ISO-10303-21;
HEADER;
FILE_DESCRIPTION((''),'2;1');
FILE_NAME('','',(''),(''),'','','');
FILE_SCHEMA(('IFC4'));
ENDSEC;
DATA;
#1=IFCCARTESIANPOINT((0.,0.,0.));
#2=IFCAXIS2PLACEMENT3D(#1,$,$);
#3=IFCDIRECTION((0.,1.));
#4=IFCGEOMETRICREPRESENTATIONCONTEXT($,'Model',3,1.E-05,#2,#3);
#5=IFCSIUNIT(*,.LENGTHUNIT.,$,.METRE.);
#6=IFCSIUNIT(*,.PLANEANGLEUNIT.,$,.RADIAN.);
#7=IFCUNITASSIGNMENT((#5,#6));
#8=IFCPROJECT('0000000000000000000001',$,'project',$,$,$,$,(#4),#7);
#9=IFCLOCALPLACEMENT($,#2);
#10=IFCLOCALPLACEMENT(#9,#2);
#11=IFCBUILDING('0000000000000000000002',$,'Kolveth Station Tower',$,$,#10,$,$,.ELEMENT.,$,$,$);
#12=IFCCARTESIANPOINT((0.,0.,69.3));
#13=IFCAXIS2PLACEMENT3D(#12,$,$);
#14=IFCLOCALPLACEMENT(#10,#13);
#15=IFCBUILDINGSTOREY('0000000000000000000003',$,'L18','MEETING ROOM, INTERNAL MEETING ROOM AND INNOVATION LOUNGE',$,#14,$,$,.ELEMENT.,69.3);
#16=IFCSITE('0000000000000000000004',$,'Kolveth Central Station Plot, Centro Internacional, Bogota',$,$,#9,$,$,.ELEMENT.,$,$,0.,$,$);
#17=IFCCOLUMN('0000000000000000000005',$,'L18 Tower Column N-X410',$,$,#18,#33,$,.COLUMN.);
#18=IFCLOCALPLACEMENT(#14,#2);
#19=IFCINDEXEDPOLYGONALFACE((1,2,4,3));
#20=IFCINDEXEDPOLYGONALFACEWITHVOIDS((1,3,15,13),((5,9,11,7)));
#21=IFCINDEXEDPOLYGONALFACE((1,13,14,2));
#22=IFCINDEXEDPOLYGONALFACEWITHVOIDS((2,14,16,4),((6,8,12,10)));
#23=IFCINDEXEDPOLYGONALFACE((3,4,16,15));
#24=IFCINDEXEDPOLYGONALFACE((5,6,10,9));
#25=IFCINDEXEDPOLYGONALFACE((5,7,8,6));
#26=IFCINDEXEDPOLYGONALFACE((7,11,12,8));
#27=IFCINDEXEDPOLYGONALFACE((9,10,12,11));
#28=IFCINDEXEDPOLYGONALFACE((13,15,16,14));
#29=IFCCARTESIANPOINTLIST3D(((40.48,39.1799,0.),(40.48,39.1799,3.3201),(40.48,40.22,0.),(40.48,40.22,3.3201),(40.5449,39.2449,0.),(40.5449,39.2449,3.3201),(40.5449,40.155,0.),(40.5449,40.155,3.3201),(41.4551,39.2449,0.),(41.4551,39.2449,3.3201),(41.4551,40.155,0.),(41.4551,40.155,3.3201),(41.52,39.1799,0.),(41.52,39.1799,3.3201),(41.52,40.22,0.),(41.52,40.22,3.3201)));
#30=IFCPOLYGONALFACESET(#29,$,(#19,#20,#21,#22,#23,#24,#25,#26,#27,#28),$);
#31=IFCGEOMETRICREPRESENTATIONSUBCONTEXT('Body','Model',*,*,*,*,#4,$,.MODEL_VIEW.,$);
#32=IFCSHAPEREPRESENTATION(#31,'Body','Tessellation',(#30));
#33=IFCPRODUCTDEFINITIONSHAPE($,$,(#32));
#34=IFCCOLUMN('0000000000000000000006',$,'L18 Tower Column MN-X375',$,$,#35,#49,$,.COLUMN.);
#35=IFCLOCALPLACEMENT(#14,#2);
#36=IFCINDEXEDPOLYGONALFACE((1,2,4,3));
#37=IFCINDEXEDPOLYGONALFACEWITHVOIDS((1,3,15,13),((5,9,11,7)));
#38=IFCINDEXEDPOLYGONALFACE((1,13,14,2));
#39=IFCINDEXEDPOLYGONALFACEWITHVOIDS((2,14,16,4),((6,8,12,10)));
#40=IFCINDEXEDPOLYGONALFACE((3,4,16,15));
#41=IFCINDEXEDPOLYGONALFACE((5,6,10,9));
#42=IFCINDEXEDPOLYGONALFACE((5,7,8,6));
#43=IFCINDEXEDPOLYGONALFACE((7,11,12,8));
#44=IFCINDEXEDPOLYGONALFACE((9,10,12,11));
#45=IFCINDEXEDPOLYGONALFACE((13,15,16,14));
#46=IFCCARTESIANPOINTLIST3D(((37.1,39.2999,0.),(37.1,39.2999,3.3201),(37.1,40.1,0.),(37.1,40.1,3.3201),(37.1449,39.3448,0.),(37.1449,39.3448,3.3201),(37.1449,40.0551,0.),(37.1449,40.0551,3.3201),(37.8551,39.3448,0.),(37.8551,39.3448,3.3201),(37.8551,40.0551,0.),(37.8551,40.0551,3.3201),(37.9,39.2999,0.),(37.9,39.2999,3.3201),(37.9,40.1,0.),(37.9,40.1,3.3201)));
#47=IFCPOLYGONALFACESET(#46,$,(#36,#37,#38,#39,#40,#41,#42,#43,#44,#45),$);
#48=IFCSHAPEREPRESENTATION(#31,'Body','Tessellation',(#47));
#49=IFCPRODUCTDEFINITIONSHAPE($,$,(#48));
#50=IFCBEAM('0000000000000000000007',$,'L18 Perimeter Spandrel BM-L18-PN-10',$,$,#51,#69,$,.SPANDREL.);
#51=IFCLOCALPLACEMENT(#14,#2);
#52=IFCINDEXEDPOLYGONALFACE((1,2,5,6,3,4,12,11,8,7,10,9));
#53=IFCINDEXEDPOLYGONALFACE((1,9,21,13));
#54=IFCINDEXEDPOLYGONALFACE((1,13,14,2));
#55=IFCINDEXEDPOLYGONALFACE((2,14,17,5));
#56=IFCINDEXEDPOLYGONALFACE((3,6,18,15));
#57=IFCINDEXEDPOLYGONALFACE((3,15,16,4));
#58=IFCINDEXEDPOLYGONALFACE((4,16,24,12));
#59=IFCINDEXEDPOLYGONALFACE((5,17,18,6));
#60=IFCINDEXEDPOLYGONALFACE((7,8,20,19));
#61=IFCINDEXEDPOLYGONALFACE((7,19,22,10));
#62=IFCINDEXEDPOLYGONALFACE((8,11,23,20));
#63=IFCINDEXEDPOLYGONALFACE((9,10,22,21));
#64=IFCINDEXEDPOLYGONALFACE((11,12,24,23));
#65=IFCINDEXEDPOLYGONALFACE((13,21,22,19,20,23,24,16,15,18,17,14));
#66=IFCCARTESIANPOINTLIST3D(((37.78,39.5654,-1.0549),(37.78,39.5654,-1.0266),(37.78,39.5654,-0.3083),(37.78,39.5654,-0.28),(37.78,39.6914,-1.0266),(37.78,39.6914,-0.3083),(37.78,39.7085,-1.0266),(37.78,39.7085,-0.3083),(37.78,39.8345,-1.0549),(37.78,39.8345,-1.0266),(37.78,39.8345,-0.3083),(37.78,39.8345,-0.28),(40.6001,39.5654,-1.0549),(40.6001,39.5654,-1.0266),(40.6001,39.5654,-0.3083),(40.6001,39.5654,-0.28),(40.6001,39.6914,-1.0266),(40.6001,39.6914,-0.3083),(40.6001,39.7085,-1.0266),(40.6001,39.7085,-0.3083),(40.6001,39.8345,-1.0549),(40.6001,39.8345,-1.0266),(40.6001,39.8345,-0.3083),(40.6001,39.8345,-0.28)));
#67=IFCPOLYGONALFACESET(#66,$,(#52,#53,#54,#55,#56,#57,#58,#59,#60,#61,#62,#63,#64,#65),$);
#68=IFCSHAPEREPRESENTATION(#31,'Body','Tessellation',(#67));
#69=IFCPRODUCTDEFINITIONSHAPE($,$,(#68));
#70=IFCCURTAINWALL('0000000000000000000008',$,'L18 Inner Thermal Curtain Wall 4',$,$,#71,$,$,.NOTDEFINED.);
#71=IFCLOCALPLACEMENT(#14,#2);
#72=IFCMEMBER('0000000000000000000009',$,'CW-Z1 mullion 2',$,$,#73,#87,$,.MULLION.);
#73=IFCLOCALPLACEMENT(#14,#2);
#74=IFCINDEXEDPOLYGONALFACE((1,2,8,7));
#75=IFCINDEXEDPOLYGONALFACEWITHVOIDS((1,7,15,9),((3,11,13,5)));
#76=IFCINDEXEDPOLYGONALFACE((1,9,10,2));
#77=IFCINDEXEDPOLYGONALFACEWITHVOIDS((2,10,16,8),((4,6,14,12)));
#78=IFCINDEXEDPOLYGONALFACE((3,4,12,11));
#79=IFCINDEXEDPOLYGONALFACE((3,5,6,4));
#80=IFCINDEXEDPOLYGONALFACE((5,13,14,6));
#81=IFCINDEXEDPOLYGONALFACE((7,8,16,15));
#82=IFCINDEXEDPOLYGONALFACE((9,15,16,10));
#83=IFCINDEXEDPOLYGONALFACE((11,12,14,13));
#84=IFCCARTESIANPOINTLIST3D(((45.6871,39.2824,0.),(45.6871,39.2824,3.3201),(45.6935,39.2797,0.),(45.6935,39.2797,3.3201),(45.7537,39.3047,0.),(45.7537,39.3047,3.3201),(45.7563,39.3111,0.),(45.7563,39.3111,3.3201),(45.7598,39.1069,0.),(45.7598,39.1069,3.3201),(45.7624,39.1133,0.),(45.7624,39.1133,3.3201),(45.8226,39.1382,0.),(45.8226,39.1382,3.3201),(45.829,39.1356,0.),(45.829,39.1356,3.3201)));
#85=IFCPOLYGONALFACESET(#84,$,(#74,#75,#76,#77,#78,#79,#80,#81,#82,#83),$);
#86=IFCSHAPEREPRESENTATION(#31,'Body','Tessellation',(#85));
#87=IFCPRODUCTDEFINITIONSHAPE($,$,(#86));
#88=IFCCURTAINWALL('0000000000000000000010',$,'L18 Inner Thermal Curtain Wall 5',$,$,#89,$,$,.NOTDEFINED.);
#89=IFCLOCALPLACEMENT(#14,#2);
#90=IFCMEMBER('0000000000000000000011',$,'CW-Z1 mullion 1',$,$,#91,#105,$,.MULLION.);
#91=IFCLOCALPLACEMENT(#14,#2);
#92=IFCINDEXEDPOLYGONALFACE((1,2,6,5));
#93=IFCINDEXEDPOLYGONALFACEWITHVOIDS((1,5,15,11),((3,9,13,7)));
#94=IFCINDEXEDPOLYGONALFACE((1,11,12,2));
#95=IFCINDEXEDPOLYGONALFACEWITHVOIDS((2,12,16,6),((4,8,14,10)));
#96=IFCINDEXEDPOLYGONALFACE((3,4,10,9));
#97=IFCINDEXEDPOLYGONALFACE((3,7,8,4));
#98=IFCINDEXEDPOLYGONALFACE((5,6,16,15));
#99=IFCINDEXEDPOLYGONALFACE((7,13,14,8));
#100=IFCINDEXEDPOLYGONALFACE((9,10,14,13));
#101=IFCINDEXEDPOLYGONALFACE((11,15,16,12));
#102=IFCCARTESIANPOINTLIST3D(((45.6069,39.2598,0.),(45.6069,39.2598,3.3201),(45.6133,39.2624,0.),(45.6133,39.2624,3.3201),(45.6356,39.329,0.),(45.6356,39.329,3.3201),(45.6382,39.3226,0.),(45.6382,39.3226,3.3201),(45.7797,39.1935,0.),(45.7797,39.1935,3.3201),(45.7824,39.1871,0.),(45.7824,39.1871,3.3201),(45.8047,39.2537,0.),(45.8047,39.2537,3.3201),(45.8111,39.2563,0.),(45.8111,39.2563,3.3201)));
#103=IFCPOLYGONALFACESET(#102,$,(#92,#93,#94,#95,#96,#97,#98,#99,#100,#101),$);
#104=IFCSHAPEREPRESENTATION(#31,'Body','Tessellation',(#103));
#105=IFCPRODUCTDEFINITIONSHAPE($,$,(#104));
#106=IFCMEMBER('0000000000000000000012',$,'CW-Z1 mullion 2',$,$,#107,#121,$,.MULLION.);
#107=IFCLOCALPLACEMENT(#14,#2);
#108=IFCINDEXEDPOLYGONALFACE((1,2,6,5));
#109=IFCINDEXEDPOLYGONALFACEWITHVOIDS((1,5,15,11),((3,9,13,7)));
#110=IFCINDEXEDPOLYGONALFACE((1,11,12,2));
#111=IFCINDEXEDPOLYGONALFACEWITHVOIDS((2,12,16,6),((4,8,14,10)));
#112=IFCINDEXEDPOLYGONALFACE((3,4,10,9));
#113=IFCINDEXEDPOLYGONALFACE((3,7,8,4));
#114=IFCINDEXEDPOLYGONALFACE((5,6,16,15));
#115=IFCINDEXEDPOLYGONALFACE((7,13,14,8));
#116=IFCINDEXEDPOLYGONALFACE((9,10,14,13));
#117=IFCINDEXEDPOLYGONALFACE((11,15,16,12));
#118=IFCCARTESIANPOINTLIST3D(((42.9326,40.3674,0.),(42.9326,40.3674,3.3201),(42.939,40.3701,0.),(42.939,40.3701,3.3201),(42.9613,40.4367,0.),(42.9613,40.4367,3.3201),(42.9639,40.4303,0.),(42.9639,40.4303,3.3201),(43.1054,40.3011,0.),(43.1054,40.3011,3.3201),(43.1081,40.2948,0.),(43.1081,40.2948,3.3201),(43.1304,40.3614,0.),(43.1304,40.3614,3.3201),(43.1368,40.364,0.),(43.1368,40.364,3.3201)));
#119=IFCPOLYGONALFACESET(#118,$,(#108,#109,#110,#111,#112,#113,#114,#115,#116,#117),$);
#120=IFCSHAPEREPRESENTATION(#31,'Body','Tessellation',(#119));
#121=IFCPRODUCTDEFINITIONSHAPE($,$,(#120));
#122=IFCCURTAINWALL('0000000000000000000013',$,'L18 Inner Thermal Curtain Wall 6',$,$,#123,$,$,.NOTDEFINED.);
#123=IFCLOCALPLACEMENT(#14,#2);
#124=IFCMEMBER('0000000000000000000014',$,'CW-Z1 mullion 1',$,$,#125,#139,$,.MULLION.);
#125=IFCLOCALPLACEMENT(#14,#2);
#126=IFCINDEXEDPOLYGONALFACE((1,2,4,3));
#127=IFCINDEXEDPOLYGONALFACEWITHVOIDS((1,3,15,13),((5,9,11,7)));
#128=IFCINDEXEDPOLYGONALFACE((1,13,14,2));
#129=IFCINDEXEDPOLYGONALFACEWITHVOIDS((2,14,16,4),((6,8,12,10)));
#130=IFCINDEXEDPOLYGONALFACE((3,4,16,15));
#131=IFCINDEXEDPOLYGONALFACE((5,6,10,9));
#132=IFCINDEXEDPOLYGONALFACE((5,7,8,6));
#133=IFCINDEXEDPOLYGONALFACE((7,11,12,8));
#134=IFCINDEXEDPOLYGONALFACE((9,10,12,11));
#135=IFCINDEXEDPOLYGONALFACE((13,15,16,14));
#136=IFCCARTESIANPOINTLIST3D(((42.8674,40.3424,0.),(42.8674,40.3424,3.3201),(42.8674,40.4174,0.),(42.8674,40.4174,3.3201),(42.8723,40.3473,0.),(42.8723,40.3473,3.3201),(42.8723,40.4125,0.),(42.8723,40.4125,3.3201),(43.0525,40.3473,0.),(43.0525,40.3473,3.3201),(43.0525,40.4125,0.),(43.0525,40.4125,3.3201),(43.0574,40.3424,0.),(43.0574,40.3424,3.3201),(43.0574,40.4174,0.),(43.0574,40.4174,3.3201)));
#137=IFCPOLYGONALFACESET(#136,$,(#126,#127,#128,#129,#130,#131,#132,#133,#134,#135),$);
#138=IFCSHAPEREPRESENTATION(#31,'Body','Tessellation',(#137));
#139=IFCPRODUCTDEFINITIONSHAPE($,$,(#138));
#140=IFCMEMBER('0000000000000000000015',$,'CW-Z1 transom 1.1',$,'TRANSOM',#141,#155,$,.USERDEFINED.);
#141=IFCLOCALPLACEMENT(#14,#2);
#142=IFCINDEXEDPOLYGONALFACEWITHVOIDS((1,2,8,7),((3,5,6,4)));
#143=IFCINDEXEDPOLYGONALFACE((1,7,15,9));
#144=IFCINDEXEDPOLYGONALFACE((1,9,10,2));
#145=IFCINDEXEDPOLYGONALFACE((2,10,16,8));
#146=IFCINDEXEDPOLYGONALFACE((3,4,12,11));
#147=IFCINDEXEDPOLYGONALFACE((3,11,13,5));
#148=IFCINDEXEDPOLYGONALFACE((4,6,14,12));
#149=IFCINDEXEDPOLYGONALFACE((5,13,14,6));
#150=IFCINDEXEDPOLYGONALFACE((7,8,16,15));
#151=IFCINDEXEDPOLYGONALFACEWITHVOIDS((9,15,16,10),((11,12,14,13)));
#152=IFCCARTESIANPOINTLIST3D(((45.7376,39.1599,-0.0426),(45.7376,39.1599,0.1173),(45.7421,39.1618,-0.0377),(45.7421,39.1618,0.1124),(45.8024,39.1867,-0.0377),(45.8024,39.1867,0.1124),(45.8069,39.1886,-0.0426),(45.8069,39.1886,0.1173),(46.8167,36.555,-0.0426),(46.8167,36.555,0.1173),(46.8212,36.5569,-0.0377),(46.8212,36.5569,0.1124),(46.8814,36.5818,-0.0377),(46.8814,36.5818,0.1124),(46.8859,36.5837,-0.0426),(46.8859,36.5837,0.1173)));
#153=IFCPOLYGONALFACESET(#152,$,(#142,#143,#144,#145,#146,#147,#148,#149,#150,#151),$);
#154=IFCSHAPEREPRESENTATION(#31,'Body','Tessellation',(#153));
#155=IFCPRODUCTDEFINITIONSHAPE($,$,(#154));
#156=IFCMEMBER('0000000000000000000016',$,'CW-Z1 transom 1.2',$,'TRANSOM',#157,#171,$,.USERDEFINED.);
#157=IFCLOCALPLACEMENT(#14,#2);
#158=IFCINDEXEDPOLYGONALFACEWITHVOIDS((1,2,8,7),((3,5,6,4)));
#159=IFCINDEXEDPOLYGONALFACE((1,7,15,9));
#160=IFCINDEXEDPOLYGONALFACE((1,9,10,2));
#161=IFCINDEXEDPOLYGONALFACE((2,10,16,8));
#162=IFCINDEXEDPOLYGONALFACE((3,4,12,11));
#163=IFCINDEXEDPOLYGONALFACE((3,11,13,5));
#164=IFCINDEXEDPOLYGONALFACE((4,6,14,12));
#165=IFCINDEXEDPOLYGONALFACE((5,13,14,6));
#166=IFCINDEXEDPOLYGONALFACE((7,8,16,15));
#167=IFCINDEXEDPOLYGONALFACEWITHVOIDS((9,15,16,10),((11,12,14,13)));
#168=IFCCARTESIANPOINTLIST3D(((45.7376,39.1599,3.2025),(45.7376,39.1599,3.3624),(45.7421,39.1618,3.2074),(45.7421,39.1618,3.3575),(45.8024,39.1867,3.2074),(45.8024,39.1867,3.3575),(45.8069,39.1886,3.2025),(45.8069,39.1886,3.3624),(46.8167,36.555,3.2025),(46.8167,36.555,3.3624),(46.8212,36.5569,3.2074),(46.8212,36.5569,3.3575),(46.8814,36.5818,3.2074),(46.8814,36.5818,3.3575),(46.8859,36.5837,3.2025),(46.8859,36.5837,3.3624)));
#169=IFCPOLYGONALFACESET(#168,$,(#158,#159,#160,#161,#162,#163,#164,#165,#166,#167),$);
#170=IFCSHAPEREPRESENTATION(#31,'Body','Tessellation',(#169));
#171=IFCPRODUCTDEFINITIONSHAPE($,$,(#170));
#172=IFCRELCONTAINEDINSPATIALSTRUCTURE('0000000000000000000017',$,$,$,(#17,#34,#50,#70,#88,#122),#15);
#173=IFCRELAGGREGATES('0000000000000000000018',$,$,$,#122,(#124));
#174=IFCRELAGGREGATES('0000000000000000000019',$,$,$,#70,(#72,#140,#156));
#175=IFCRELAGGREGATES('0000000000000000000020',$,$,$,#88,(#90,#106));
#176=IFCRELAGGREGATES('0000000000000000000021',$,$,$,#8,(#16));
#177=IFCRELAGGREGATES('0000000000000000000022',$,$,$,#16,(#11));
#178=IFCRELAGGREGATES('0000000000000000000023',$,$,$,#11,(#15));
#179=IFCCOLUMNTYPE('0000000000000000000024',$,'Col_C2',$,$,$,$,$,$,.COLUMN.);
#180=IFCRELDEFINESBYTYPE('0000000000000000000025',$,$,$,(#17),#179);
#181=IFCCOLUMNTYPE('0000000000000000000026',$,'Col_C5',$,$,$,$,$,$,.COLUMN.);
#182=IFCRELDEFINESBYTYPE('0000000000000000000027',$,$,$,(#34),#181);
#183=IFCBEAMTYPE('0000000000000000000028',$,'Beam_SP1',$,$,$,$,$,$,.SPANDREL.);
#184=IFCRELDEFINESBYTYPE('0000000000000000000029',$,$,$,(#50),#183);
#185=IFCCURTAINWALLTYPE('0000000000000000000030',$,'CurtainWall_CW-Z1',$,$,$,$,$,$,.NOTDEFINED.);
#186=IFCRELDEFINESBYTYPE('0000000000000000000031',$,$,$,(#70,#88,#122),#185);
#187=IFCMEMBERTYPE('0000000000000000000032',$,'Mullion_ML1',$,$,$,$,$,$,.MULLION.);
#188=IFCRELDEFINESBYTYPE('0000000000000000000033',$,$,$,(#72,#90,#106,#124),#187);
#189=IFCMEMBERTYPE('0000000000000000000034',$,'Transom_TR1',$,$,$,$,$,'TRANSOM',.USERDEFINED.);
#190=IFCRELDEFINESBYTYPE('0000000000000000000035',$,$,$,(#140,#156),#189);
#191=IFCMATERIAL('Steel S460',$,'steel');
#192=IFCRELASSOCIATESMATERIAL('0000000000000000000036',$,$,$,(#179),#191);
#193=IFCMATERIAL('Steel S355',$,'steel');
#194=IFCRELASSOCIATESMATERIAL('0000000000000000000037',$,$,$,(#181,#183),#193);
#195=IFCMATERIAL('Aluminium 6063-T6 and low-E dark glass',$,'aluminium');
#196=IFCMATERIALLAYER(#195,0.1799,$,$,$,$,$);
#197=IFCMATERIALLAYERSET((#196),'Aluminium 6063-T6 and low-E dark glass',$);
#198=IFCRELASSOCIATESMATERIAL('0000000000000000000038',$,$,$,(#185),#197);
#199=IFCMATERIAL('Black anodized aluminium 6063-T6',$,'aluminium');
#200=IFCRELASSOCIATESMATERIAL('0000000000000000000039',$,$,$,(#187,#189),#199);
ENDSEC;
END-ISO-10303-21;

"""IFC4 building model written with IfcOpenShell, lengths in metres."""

from ifc_helpers import new_model, si_unit, direction, frame, origin, origin_2d, place, context, subcontext, project, spatial, hollow_rectangle, i_section, extrude, source, transform, mapped, material, layer, layer_set, material_profile, profile_set, type_object, element, aggregate, save


model = new_model("IFC4")

# Units and contexts
model_context = context("Model", 3, precision=1e-05, world=origin(), true_north=direction((0.0, 1.0)))
body_context = subcontext(model_context, "Body", "Model", "MODEL_VIEW")
ifc_project = project(units=[si_unit("LENGTHUNIT", "METRE"), si_unit("PLANEANGLEUNIT", "RADIAN")], contexts=[model_context])

# Site, building, storey
site_placement = place(None, origin())
site = spatial("IfcSite", under=ifc_project, at=site_placement, Name="Kolveth Central Station Plot, Centro Internacional, Bogota", CompositionType="ELEMENT", RefElevation=0.0)
building_placement = place(site_placement, origin())
building = spatial("IfcBuilding", under=site, at=building_placement, Name="Kolveth Station Tower", CompositionType="ELEMENT")
storey_placement = place(building_placement, frame((0.0, 0.0, 69.3)))
storey = spatial("IfcBuildingStorey", under=building, at=storey_placement, Name="L18", Description="MEETING ROOM, INTERNAL MEETING ROOM AND INNOVATION LOUNGE", CompositionType="ELEMENT", Elevation=69.3)

# Columns
ifc_material_1 = material(Name="Steel S460", Category="steel")
ifc_material_profile_1 = material_profile(ifc_material_1, hollow_rectangle(XDim=1.04, YDim=1.04, WallThickness=0.0649, at=origin_2d()), Name="BOX1040x1040x65")
ifc_profile_set_1 = profile_set([ifc_material_profile_1], Name="Steel S460")
column_type_1 = type_object("IfcColumnType", Name="Col_C2", PredefinedType="COLUMN", material=ifc_profile_set_1)
shared_shape_1 = source(origin(), body_context, "Body", "SweptSolid", [
    extrude(hollow_rectangle(XDim=1.04, YDim=1.04, WallThickness=0.0649, at=origin_2d()), origin(), (0.0, 0.0, 1.0), 3.3201),
])
column_1_placement = place(storey_placement, frame((41.0, 39.7, 0.0), z_axis=(0.0, 0.0, 1.0), x_axis=(1.0, 0.0, 0.0)))
element("IfcColumn", 1, at=column_1_placement, inside=storey, type_object=column_type_1, Name="L18 Tower Column N-X410", PredefinedType="COLUMN", context=body_context, shape_type="MappedRepresentation", body=[
    mapped(shared_shape_1, transform((0.0, 0.0, 0.0), x_axis=(1.0, 0.0, 0.0), y_axis=(0.0, 1.0, 0.0), z_axis=(0.0, 0.0, 1.0), scale=1.0)),
])
ifc_material_2 = material(Name="Steel S355", Category="steel")
ifc_material_profile_2 = material_profile(ifc_material_2, hollow_rectangle(XDim=0.8, YDim=0.8, WallThickness=0.0449, at=origin_2d()), Name="BOX800x800x45")
ifc_profile_set_2 = profile_set([ifc_material_profile_2], Name="Steel S355")
column_type_2 = type_object("IfcColumnType", Name="Col_C5", PredefinedType="COLUMN", material=ifc_profile_set_2)
shared_shape_2 = source(origin(), body_context, "Body", "SweptSolid", [
    extrude(hollow_rectangle(XDim=0.8, YDim=0.8, WallThickness=0.0449, at=origin_2d()), origin(), (0.0, 0.0, 1.0), 3.3201),
])
column_2_placement = place(storey_placement, frame((37.5, 39.7, 0.0), z_axis=(0.0, 0.0, 1.0), x_axis=(1.0, 0.0, 0.0)))
element("IfcColumn", 2, at=column_2_placement, inside=storey, type_object=column_type_2, Name="L18 Tower Column MN-X375", PredefinedType="COLUMN", context=body_context, shape_type="MappedRepresentation", body=[
    mapped(shared_shape_2, transform((0.0, 0.0, 0.0), x_axis=(1.0, 0.0, 0.0), y_axis=(0.0, 1.0, 0.0), z_axis=(0.0, 0.0, 1.0), scale=1.0)),
])

# Beam
ifc_material_profile_3 = material_profile(ifc_material_2, i_section(OverallWidth=0.269, OverallDepth=0.7749, WebThickness=0.0171, FlangeThickness=0.0283, at=origin_2d()), Name="W760x220")
ifc_profile_set_3 = profile_set([ifc_material_profile_3], Name="Steel S355")
beam_type = type_object("IfcBeamType", Name="Beam_SP1", PredefinedType="SPANDREL", material=ifc_profile_set_3)
shared_shape_3 = source(origin(), body_context, "Body", "SweptSolid", [
    extrude(i_section(OverallWidth=0.269, OverallDepth=0.7749, WebThickness=0.0171, FlangeThickness=0.0283, at=origin_2d()), origin(), (0.0, 0.0, 1.0), 2.8201),
])
beam_placement = place(storey_placement, frame((37.78, 39.7, -0.6675), z_axis=(1.0, 0.0, 0.0), x_axis=(0.0, 1.0, 0.0)))
element("IfcBeam", 3, at=beam_placement, inside=storey, type_object=beam_type, Name="L18 Perimeter Spandrel BM-L18-PN-10", PredefinedType="SPANDREL", context=body_context, shape_type="MappedRepresentation", body=[
    mapped(shared_shape_3, transform((0.0, 0.0, 0.0), x_axis=(1.0, 0.0, 0.0), y_axis=(0.0, 1.0, 0.0), z_axis=(0.0, 0.0, 1.0), scale=1.0)),
])

# Curtain wall, member
ifc_material_3 = material(Name="Aluminium 6063-T6 and low-E dark glass", Category="aluminium")
ifc_layer_1 = layer(ifc_material_3, 0.1799)
ifc_layer_set_1 = layer_set([ifc_layer_1], Name="Aluminium 6063-T6 and low-E dark glass")
curtain_wall_type_1 = type_object("IfcCurtainWallType", Name="CurtainWall_CW-Z1", PredefinedType="NOTDEFINED", material=ifc_layer_set_1)
curtain_wall_1_placement = place(storey_placement, origin())
curtain_wall_1 = element("IfcCurtainWall", 4, at=curtain_wall_1_placement, inside=storey, type_object=curtain_wall_type_1, Name="L18 Inner Thermal Curtain Wall 4", PredefinedType="NOTDEFINED")
ifc_material_4 = material(Name="Black anodized aluminium 6063-T6", Category="aluminium")
ifc_material_profile_4 = material_profile(ifc_material_4, hollow_rectangle(XDim=0.075, YDim=0.1899, WallThickness=0.0049, at=origin_2d()), Name="ALU-75x190x5")
ifc_profile_set_4 = profile_set([ifc_material_profile_4], Name="Black anodized aluminium 6063-T6")
member_type_1 = type_object("IfcMemberType", Name="Mullion_ML1", PredefinedType="MULLION", material=ifc_profile_set_4)
shared_shape_4 = source(origin(), body_context, "Body", "SweptSolid", [
    extrude(hollow_rectangle(XDim=0.075, YDim=0.1899, WallThickness=0.0049, at=origin_2d()), origin(), (0.0, 0.0, 1.0), 3.3201),
])
member_1_placement = place(storey_placement, frame((45.7581, 39.209, 0.0), z_axis=(0.0, 0.0, 1.0), x_axis=(-0.923884, -0.382673, 0.0)))
member_1 = element("IfcMember", 5, at=member_1_placement, type_object=member_type_1, Name="CW-Z1 mullion 2", PredefinedType="MULLION", context=body_context, shape_type="MappedRepresentation", body=[
    mapped(shared_shape_4, transform((0.0, 0.0, 0.0), x_axis=(1.0, 0.0, 0.0), y_axis=(0.0, 1.0, 0.0), z_axis=(0.0, 0.0, 1.0), scale=1.0)),
])

# Curtain wall, members
curtain_wall_2_placement = place(storey_placement, origin())
curtain_wall_2 = element("IfcCurtainWall", 6, at=curtain_wall_2_placement, inside=storey, type_object=curtain_wall_type_1, Name="L18 Inner Thermal Curtain Wall 5", PredefinedType="NOTDEFINED")
member_2_placement = place(storey_placement, frame((45.709, 39.2581, 0.0), z_axis=(0.0, 0.0, 1.0), x_axis=(-0.382673, -0.923884, 0.0)))
member_2 = element("IfcMember", 7, at=member_2_placement, type_object=member_type_1, Name="CW-Z1 mullion 1", PredefinedType="MULLION", context=body_context, shape_type="MappedRepresentation", body=[
    mapped(shared_shape_4, transform((0.0, 0.0, 0.0), x_axis=(1.0, 0.0, 0.0), y_axis=(0.0, 1.0, 0.0), z_axis=(0.0, 0.0, 1.0), scale=1.0)),
])
member_3_placement = place(storey_placement, frame((43.0347, 40.3657, 0.0), z_axis=(0.0, 0.0, 1.0), x_axis=(-0.382673, -0.923884, 0.0)))
member_3 = element("IfcMember", 8, at=member_3_placement, type_object=member_type_1, Name="CW-Z1 mullion 2", PredefinedType="MULLION", context=body_context, shape_type="MappedRepresentation", body=[
    mapped(shared_shape_4, transform((0.0, 0.0, 0.0), x_axis=(1.0, 0.0, 0.0), y_axis=(0.0, 1.0, 0.0), z_axis=(0.0, 0.0, 1.0), scale=1.0)),
])

# Curtain wall, member
curtain_wall_3_placement = place(storey_placement, origin())
curtain_wall_3 = element("IfcCurtainWall", 9, at=curtain_wall_3_placement, inside=storey, type_object=curtain_wall_type_1, Name="L18 Inner Thermal Curtain Wall 6", PredefinedType="NOTDEFINED")
member_4_placement = place(storey_placement, frame((42.9624, 40.3799, 0.0), z_axis=(0.0, 0.0, 1.0), x_axis=(0.0, -1.0, 0.0)))
member_4 = element("IfcMember", 10, at=member_4_placement, type_object=member_type_1, Name="CW-Z1 mullion 1", PredefinedType="MULLION", context=body_context, shape_type="MappedRepresentation", body=[
    mapped(shared_shape_4, transform((0.0, 0.0, 0.0), x_axis=(1.0, 0.0, 0.0), y_axis=(0.0, 1.0, 0.0), z_axis=(0.0, 0.0, 1.0), scale=1.0)),
])

# Members
ifc_material_profile_5 = material_profile(ifc_material_4, hollow_rectangle(XDim=0.075, YDim=0.1599, WallThickness=0.0049, at=origin_2d()), Name="ALU-75x160x5")
ifc_profile_set_5 = profile_set([ifc_material_profile_5], Name="Black anodized aluminium 6063-T6")
member_type_2 = type_object("IfcMemberType", Name="Transom_TR1", ElementType="TRANSOM", PredefinedType="USERDEFINED", material=ifc_profile_set_5)
shared_shape_5 = source(origin(), body_context, "Body", "SweptSolid", [
    extrude(hollow_rectangle(XDim=0.075, YDim=0.1599, WallThickness=0.0049, at=origin_2d()), origin(), (0.0, 0.0, 1.0), 2.8196),
])
member_5_placement = place(storey_placement, frame((46.8513, 36.5693, 0.0374), z_axis=(-0.382709, 0.923869, 0.0), x_axis=(-0.923869, -0.382709, 0.0)))
member_5 = element("IfcMember", 11, at=member_5_placement, type_object=member_type_2, Name="CW-Z1 transom 1.1", ObjectType="TRANSOM", PredefinedType="USERDEFINED", context=body_context, shape_type="MappedRepresentation", body=[
    mapped(shared_shape_5, transform((0.0, 0.0, 0.0), x_axis=(1.0, 0.0, 0.0), y_axis=(0.0, 1.0, 0.0), z_axis=(0.0, 0.0, 1.0), scale=1.0)),
])
member_6_placement = place(storey_placement, frame((46.8513, 36.5693, 3.2825), z_axis=(-0.382709, 0.923869, 0.0), x_axis=(-0.923869, -0.382709, 0.0)))
member_6 = element("IfcMember", 12, at=member_6_placement, type_object=member_type_2, Name="CW-Z1 transom 1.2", ObjectType="TRANSOM", PredefinedType="USERDEFINED", context=body_context, shape_type="MappedRepresentation", body=[
    mapped(shared_shape_5, transform((0.0, 0.0, 0.0), x_axis=(1.0, 0.0, 0.0), y_axis=(0.0, 1.0, 0.0), z_axis=(0.0, 0.0, 1.0), scale=1.0)),
])
aggregate(curtain_wall_3, [member_4])

aggregate(curtain_wall_1, [member_1, member_5, member_6])
aggregate(curtain_wall_2, [member_2, member_3])

save(model, "model.ifc")
